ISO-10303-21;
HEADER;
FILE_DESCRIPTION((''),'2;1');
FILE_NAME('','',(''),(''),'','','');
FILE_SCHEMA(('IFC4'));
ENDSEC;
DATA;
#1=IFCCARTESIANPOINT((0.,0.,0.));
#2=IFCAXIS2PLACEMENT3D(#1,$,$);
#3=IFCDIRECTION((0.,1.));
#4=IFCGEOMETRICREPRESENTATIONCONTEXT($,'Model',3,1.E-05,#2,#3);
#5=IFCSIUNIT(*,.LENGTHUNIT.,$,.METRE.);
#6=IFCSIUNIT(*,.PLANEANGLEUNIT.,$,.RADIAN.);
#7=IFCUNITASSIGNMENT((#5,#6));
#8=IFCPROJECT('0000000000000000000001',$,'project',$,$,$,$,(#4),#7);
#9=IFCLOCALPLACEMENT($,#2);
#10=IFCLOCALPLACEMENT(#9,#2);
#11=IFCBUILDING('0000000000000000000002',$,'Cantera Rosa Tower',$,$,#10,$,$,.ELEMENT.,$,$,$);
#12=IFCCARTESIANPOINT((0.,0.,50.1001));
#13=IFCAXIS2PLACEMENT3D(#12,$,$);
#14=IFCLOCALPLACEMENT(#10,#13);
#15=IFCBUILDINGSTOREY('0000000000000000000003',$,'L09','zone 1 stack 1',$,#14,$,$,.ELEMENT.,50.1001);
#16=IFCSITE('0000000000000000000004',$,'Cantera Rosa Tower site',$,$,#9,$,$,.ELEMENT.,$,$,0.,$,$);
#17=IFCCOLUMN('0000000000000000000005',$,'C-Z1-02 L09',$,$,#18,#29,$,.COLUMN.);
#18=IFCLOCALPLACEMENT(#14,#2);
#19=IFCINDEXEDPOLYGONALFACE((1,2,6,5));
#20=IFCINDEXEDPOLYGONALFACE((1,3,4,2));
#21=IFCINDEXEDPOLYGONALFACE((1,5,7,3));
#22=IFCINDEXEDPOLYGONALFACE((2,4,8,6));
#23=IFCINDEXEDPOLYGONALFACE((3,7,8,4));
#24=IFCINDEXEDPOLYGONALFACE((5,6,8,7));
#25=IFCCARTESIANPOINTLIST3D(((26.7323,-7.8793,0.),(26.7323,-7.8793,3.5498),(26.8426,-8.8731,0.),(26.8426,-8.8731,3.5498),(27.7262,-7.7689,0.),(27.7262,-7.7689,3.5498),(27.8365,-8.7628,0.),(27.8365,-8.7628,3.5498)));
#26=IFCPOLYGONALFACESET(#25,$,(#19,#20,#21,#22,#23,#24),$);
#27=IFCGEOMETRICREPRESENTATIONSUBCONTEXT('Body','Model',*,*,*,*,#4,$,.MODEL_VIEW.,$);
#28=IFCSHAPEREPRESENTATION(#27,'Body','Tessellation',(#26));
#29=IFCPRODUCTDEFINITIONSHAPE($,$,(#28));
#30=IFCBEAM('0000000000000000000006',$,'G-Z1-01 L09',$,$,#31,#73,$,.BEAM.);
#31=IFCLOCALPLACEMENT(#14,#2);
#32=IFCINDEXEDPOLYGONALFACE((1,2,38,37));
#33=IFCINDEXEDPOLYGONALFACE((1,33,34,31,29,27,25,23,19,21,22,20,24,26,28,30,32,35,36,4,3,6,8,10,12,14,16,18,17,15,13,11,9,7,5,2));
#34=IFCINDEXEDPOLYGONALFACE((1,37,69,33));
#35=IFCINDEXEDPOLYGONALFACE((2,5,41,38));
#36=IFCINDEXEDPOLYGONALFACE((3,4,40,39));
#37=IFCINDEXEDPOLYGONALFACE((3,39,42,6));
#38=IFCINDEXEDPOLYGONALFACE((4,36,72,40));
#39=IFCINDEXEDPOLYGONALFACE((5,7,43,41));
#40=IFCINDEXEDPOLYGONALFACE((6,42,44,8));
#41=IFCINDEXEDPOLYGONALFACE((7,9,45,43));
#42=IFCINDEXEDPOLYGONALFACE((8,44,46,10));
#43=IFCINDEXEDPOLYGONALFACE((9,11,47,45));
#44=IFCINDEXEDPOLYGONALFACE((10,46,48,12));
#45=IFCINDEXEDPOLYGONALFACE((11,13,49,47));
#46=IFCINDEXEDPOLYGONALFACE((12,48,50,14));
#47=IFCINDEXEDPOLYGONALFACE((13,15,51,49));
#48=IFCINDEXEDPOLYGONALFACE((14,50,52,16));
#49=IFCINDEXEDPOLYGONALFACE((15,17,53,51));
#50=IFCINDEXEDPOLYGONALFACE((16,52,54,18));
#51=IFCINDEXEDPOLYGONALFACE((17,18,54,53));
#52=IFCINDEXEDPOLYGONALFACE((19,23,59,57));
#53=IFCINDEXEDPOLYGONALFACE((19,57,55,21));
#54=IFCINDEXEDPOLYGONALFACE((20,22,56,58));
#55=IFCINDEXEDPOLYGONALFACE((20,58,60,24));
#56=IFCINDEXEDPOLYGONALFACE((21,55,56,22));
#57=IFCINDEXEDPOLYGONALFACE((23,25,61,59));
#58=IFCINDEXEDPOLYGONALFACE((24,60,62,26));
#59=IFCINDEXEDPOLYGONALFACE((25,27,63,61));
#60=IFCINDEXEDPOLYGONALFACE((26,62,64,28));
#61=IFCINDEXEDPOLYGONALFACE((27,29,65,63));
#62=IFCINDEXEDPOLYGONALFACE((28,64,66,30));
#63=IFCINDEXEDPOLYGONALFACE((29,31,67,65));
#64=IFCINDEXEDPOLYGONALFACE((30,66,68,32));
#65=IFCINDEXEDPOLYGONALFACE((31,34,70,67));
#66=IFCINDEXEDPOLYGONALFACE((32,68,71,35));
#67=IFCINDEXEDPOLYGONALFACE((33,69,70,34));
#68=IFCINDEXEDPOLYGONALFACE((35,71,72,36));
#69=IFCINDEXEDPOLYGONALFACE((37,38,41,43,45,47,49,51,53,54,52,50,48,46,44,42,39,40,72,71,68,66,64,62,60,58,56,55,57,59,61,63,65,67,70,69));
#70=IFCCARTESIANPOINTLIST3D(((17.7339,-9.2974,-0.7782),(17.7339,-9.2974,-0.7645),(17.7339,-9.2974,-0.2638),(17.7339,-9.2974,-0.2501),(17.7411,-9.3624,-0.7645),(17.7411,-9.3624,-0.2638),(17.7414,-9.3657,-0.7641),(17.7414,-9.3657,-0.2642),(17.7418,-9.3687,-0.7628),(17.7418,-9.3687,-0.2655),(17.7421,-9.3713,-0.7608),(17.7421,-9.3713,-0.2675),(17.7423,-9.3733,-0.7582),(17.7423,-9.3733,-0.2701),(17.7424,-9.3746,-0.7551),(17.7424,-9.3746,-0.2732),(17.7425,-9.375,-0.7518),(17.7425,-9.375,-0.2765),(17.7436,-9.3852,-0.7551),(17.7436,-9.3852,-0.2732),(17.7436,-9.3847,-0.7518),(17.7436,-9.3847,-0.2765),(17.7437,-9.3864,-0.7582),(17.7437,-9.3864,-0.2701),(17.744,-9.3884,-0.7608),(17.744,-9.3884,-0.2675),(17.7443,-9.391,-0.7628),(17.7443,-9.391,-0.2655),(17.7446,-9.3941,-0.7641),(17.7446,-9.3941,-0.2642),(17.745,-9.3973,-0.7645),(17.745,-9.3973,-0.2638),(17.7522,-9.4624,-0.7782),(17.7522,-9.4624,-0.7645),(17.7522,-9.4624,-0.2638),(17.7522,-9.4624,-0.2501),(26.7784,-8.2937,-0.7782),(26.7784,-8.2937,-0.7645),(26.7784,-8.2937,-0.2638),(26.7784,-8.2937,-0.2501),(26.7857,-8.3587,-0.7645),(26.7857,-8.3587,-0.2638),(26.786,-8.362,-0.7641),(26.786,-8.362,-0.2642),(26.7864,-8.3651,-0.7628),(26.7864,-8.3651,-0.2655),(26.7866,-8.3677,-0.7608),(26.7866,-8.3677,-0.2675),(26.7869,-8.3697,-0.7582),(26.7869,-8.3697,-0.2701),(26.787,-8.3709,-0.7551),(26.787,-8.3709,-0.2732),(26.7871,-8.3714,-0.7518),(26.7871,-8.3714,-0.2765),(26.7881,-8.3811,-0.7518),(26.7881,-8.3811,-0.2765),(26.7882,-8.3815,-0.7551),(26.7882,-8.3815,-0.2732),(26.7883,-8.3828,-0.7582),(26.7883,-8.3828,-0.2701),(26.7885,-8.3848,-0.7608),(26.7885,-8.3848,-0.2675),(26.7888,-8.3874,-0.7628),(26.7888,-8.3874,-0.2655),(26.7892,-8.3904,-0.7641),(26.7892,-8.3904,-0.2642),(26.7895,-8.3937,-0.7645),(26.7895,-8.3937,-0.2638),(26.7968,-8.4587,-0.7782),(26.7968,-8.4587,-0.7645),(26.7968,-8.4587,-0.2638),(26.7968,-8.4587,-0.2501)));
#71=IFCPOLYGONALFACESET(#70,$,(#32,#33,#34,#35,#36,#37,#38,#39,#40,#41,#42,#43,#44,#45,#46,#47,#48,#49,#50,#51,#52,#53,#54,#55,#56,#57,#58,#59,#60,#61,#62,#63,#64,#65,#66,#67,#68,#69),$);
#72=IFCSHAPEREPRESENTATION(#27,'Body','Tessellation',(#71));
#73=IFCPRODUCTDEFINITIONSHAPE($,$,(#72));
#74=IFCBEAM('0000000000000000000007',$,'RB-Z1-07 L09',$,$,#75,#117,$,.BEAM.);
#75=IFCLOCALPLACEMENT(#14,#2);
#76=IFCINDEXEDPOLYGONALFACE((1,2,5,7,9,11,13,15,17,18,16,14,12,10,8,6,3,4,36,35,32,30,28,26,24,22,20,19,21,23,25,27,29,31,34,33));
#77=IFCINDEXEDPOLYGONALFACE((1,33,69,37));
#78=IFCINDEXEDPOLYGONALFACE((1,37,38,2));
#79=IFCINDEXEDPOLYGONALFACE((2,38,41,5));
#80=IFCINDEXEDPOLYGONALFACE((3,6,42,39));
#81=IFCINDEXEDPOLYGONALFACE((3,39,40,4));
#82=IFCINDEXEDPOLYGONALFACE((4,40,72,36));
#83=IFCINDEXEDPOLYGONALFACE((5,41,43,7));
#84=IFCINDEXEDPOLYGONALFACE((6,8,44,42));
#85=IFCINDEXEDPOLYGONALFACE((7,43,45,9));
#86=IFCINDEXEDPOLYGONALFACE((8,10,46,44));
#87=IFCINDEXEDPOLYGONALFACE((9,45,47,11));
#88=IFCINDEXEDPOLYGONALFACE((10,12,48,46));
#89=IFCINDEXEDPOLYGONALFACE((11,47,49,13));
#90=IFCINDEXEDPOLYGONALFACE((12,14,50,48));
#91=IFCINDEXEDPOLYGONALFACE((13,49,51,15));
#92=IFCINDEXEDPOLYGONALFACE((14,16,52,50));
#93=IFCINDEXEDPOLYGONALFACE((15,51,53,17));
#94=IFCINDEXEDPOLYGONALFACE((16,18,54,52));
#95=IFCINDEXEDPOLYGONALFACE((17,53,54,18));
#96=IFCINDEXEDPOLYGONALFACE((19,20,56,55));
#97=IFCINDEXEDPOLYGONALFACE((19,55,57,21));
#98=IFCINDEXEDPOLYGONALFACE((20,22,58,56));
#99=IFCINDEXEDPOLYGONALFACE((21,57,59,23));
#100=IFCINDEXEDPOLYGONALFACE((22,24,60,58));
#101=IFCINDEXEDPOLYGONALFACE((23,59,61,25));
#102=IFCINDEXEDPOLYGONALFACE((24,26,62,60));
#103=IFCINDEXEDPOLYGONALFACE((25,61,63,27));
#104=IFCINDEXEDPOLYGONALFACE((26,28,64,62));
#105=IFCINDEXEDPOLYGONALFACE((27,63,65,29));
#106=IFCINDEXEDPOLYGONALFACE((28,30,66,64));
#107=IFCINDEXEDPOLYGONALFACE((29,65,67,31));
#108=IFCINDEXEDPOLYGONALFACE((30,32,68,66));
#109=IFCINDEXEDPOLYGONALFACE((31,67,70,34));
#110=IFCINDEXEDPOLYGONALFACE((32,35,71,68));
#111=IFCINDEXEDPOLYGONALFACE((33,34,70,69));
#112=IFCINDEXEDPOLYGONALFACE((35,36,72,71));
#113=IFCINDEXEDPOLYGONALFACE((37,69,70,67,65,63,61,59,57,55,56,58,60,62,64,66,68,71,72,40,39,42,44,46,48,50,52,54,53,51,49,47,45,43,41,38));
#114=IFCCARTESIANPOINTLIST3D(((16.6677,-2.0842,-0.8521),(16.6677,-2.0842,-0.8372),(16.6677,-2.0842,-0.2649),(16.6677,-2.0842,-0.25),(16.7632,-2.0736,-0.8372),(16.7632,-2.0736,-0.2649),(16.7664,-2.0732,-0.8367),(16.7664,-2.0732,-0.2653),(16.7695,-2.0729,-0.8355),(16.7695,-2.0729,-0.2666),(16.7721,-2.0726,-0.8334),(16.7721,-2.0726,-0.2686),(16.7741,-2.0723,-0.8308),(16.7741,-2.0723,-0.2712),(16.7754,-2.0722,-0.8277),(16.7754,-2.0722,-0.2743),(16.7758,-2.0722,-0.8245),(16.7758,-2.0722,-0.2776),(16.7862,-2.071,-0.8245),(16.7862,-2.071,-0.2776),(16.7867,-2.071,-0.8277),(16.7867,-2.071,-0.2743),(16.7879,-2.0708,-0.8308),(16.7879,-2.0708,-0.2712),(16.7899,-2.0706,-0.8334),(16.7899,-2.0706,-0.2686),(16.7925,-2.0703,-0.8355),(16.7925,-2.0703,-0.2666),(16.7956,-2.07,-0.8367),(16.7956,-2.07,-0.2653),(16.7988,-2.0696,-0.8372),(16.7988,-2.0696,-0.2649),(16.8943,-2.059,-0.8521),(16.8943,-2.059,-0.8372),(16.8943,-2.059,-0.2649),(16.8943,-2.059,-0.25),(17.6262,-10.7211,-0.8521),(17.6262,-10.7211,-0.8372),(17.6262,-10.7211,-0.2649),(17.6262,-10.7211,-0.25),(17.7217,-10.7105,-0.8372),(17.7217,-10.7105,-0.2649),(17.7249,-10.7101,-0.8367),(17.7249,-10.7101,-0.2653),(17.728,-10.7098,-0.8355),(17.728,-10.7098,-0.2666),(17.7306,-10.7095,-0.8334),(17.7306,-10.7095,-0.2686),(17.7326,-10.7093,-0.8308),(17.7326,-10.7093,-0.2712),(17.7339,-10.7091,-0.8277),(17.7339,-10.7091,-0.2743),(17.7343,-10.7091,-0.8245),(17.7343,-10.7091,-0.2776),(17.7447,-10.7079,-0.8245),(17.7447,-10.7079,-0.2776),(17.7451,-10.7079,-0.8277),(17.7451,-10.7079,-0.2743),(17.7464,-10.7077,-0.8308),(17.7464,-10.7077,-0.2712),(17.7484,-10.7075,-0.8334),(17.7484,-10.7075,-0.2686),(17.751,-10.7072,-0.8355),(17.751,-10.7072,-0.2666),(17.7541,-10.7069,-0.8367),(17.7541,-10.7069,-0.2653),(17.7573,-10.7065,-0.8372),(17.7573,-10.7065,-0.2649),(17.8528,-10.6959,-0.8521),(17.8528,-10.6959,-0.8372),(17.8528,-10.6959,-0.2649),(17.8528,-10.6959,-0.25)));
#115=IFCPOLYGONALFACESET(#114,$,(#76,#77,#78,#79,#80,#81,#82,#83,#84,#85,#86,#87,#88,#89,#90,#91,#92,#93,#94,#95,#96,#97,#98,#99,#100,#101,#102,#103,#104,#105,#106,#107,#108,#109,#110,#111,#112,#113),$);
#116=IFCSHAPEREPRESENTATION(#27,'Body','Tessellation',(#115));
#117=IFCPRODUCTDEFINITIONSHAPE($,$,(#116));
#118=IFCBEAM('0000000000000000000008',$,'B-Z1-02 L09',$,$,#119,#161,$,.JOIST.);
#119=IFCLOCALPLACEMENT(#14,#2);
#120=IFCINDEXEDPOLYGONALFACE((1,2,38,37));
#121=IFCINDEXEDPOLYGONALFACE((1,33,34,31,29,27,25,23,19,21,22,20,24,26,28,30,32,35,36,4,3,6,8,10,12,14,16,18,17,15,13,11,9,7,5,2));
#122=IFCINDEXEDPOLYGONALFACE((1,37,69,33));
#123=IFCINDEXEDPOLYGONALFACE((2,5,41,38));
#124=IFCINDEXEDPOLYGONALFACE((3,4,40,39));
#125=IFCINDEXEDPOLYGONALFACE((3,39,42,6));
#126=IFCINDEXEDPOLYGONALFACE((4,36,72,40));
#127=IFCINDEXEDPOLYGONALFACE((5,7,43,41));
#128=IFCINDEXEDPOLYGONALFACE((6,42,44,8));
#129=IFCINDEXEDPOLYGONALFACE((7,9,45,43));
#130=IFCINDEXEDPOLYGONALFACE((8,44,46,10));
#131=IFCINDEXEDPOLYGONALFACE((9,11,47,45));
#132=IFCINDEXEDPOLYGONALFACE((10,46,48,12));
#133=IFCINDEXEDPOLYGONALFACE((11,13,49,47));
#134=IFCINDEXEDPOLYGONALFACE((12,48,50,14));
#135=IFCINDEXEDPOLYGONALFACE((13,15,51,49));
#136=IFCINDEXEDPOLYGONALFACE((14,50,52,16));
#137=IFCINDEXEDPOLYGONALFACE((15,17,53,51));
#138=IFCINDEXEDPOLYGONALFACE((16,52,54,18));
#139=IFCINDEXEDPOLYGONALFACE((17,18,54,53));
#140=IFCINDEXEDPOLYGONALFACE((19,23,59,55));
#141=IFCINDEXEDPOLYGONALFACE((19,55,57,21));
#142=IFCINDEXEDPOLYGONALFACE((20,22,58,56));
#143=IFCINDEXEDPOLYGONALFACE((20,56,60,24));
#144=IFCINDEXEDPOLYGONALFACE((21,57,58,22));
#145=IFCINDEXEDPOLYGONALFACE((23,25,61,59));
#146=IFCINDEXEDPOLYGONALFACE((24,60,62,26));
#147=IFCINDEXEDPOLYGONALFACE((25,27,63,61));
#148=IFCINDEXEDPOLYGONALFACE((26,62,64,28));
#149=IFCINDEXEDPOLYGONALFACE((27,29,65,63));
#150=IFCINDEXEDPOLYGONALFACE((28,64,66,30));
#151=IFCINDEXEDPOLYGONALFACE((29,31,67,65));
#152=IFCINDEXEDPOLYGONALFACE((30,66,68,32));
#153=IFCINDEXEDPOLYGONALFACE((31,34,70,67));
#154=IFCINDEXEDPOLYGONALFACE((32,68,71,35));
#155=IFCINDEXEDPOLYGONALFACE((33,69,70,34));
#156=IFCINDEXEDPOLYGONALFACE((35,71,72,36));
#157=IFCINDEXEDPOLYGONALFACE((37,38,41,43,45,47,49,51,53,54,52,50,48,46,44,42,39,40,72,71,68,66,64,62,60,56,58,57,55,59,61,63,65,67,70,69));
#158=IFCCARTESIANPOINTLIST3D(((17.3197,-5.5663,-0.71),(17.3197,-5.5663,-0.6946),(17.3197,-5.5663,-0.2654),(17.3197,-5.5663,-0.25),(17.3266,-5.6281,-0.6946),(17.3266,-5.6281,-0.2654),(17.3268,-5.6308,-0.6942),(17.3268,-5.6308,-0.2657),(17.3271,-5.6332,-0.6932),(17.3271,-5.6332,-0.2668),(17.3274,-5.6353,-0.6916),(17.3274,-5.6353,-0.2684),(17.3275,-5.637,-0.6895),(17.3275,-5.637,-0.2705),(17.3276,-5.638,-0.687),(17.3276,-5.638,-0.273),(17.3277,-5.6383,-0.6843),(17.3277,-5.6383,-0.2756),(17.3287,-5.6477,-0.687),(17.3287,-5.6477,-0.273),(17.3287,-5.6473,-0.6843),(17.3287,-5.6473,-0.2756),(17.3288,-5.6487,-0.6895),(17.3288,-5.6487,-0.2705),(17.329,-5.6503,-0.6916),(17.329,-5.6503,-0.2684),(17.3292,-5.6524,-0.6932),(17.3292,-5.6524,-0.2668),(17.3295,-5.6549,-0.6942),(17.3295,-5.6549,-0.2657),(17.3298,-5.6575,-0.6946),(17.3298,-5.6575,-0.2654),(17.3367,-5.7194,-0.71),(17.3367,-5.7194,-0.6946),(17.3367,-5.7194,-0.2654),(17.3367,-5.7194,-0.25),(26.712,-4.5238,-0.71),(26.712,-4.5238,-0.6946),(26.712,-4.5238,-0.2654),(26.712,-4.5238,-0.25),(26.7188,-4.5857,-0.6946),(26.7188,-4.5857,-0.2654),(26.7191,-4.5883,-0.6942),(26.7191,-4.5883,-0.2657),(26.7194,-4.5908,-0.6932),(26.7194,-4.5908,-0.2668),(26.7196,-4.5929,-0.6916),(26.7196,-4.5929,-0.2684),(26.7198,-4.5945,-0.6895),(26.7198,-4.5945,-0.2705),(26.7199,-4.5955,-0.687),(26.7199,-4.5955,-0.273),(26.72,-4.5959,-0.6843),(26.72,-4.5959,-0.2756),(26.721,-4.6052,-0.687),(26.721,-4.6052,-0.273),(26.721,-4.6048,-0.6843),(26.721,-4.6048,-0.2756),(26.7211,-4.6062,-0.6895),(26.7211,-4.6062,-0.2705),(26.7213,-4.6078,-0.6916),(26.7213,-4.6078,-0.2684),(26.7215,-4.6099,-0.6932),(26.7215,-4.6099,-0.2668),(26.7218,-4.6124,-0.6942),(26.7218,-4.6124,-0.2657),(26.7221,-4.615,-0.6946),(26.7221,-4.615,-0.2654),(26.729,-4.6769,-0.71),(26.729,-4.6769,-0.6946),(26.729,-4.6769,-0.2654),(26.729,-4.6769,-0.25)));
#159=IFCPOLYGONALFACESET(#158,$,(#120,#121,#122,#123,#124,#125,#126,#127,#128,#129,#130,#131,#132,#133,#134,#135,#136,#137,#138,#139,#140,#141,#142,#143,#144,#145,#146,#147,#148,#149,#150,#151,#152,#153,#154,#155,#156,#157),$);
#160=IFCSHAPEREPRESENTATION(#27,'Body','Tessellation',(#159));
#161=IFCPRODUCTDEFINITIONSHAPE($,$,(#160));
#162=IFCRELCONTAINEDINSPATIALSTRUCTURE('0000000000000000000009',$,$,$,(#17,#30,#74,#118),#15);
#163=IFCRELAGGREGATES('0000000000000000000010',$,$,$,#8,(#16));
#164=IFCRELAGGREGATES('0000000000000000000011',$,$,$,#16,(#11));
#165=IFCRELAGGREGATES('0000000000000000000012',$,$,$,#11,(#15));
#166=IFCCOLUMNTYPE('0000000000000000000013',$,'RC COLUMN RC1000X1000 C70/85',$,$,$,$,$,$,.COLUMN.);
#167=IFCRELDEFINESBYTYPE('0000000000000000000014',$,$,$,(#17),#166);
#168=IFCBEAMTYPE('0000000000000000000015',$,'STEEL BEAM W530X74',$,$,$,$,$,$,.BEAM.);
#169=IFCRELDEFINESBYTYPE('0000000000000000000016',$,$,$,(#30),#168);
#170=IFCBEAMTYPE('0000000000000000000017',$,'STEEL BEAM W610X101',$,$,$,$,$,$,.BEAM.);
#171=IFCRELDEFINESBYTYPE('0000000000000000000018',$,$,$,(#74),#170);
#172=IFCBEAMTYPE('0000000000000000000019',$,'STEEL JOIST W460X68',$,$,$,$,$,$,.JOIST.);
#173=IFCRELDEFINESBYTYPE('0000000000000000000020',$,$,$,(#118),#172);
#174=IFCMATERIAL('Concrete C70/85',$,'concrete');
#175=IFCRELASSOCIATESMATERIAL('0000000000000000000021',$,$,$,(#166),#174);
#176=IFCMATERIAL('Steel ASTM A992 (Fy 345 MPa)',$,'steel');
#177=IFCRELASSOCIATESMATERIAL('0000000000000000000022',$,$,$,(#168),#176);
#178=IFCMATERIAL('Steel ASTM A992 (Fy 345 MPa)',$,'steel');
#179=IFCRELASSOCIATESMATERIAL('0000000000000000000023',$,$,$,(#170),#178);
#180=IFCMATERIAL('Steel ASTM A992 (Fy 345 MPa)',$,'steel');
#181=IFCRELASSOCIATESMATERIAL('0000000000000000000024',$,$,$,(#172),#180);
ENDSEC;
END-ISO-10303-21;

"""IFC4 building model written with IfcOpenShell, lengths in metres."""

from ifc_helpers import new_model, si_unit, direction, frame, origin, origin_2d, place, context, subcontext, project, spatial, rectangle, i_section, extrude, material, material_profile, profile_set, type_object, element, save


model = new_model("IFC4")

# Units and contexts
model_context = context("Model", 3, precision=1e-05, world=origin(), true_north=direction((0.0, 1.0)))
body_context = subcontext(model_context, "Body", "Model", "MODEL_VIEW")
ifc_project = project(units=[si_unit("LENGTHUNIT", "METRE"), si_unit("PLANEANGLEUNIT", "RADIAN")], contexts=[model_context])

# Site, building, storey
site_placement = place(None, origin())
site = spatial("IfcSite", under=ifc_project, at=site_placement, Name="Cantera Rosa Tower site", CompositionType="ELEMENT", RefElevation=0.0)
building_placement = place(site_placement, origin())
building = spatial("IfcBuilding", under=site, at=building_placement, Name="Cantera Rosa Tower", CompositionType="ELEMENT")
storey_placement = place(building_placement, frame((0.0, 0.0, 50.1001)))
storey = spatial("IfcBuildingStorey", under=building, at=storey_placement, Name="L09", Description="zone 1 stack 1", CompositionType="ELEMENT", Elevation=50.1001)

# Column
ifc_material_1 = material(Name="Concrete C70/85", Category="concrete")
ifc_material_profile_1 = material_profile(ifc_material_1, rectangle(XDim=1.0, YDim=1.0, at=origin_2d()), Name="RC COLUMN RC1000X1000 C70/85")
ifc_profile_set_1 = profile_set([ifc_material_profile_1], Name="Concrete C70/85")
column_type = type_object("IfcColumnType", Name="RC COLUMN RC1000X1000 C70/85", PredefinedType="COLUMN", material=ifc_profile_set_1)
column_placement = place(storey_placement, frame((27.2844, -8.321, 0.0), z_axis=(0.0, 0.0, 1.0), x_axis=(0.993897, 0.110313, 0.0)))
element("IfcColumn", 1, at=column_placement, inside=storey, type_object=column_type, Name="C-Z1-02 L09", PredefinedType="COLUMN", context=body_context, shape_type="SweptSolid", body=[
    extrude(rectangle(XDim=1.0, YDim=1.0, at=origin_2d()), origin(), (0.0, 0.0, 1.0), 3.5498),
])

# Beams
ifc_material_2 = material(Name="Steel ASTM A992 (Fy 345 MPa)", Category="steel")
ifc_material_profile_2 = material_profile(ifc_material_2, i_section(OverallWidth=0.166, OverallDepth=0.5281, WebThickness=0.0098, FlangeThickness=0.0137, FilletRadius=0.0127, at=origin_2d()), Name="W530X74")
ifc_profile_set_2 = profile_set([ifc_material_profile_2], Name="Steel ASTM A992 (Fy 345 MPa)")
beam_type_1 = type_object("IfcBeamType", Name="STEEL BEAM W530X74", PredefinedType="BEAM", material=ifc_profile_set_2)
beam_1_placement = place(storey_placement, frame((26.7876, -8.3762, -0.5142), z_axis=(-0.993899, -0.11029, 0.0), x_axis=(0.11029, -0.993899, 0.0)))
element("IfcBeam", 2, at=beam_1_placement, inside=storey, type_object=beam_type_1, Name="G-Z1-01 L09", PredefinedType="BEAM", context=body_context, shape_type="SweptSolid", body=[
    extrude(i_section(OverallWidth=0.166, OverallDepth=0.5281, WebThickness=0.0098, FlangeThickness=0.0137, FilletRadius=0.0127, at=origin_2d()), origin(), (0.0, 0.0, 1.0), 9.1001),
])
ifc_material_3 = material(Name="Steel ASTM A992 (Fy 345 MPa)", Category="steel")
ifc_material_profile_3 = material_profile(ifc_material_3, i_section(OverallWidth=0.228, OverallDepth=0.6021, WebThickness=0.0105, FlangeThickness=0.0149, FilletRadius=0.0127, at=origin_2d()), Name="W610X101")
ifc_profile_set_3 = profile_set([ifc_material_profile_3], Name="Steel ASTM A992 (Fy 345 MPa)")
beam_type_2 = type_object("IfcBeamType", Name="STEEL BEAM W610X101", PredefinedType="BEAM", material=ifc_profile_set_3)
beam_2_placement = place(storey_placement, frame((17.7395, -10.7085, -0.551), z_axis=(-0.110299, 0.993898, 0.0), x_axis=(-0.993898, -0.110299, 0.0)))
element("IfcBeam", 3, at=beam_2_placement, inside=storey, type_object=beam_type_2, Name="RB-Z1-07 L09", PredefinedType="BEAM", context=body_context, shape_type="SweptSolid", body=[
    extrude(i_section(OverallWidth=0.228, OverallDepth=0.6021, WebThickness=0.0105, FlangeThickness=0.0149, FilletRadius=0.0127, at=origin_2d()), origin(), (0.0, 0.0, 1.0), 8.6899),
])
ifc_material_4 = material(Name="Steel ASTM A992 (Fy 345 MPa)", Category="steel")
ifc_material_profile_4 = material_profile(ifc_material_4, i_section(OverallWidth=0.1541, OverallDepth=0.46, WebThickness=0.009, FlangeThickness=0.0154, FilletRadius=0.0103, at=origin_2d()), Name="W460X68")
ifc_profile_set_4 = profile_set([ifc_material_profile_4], Name="Steel ASTM A992 (Fy 345 MPa)")
beam_type_3 = type_object("IfcBeamType", Name="STEEL JOIST W460X68", PredefinedType="JOIST", material=ifc_profile_set_4)
beam_3_placement = place(storey_placement, frame((26.7205, -4.6003, -0.48), z_axis=(-0.993897, -0.110315, 0.0), x_axis=(0.110315, -0.993897, 0.0)))
element("IfcBeam", 4, at=beam_3_placement, inside=storey, type_object=beam_type_3, Name="B-Z1-02 L09", PredefinedType="JOIST", context=body_context, shape_type="SweptSolid", body=[
    extrude(i_section(OverallWidth=0.1541, OverallDepth=0.46, WebThickness=0.009, FlangeThickness=0.0154, FilletRadius=0.0103, at=origin_2d()), origin(), (0.0, 0.0, 1.0), 9.45),
])

save(model, "model.ifc")
